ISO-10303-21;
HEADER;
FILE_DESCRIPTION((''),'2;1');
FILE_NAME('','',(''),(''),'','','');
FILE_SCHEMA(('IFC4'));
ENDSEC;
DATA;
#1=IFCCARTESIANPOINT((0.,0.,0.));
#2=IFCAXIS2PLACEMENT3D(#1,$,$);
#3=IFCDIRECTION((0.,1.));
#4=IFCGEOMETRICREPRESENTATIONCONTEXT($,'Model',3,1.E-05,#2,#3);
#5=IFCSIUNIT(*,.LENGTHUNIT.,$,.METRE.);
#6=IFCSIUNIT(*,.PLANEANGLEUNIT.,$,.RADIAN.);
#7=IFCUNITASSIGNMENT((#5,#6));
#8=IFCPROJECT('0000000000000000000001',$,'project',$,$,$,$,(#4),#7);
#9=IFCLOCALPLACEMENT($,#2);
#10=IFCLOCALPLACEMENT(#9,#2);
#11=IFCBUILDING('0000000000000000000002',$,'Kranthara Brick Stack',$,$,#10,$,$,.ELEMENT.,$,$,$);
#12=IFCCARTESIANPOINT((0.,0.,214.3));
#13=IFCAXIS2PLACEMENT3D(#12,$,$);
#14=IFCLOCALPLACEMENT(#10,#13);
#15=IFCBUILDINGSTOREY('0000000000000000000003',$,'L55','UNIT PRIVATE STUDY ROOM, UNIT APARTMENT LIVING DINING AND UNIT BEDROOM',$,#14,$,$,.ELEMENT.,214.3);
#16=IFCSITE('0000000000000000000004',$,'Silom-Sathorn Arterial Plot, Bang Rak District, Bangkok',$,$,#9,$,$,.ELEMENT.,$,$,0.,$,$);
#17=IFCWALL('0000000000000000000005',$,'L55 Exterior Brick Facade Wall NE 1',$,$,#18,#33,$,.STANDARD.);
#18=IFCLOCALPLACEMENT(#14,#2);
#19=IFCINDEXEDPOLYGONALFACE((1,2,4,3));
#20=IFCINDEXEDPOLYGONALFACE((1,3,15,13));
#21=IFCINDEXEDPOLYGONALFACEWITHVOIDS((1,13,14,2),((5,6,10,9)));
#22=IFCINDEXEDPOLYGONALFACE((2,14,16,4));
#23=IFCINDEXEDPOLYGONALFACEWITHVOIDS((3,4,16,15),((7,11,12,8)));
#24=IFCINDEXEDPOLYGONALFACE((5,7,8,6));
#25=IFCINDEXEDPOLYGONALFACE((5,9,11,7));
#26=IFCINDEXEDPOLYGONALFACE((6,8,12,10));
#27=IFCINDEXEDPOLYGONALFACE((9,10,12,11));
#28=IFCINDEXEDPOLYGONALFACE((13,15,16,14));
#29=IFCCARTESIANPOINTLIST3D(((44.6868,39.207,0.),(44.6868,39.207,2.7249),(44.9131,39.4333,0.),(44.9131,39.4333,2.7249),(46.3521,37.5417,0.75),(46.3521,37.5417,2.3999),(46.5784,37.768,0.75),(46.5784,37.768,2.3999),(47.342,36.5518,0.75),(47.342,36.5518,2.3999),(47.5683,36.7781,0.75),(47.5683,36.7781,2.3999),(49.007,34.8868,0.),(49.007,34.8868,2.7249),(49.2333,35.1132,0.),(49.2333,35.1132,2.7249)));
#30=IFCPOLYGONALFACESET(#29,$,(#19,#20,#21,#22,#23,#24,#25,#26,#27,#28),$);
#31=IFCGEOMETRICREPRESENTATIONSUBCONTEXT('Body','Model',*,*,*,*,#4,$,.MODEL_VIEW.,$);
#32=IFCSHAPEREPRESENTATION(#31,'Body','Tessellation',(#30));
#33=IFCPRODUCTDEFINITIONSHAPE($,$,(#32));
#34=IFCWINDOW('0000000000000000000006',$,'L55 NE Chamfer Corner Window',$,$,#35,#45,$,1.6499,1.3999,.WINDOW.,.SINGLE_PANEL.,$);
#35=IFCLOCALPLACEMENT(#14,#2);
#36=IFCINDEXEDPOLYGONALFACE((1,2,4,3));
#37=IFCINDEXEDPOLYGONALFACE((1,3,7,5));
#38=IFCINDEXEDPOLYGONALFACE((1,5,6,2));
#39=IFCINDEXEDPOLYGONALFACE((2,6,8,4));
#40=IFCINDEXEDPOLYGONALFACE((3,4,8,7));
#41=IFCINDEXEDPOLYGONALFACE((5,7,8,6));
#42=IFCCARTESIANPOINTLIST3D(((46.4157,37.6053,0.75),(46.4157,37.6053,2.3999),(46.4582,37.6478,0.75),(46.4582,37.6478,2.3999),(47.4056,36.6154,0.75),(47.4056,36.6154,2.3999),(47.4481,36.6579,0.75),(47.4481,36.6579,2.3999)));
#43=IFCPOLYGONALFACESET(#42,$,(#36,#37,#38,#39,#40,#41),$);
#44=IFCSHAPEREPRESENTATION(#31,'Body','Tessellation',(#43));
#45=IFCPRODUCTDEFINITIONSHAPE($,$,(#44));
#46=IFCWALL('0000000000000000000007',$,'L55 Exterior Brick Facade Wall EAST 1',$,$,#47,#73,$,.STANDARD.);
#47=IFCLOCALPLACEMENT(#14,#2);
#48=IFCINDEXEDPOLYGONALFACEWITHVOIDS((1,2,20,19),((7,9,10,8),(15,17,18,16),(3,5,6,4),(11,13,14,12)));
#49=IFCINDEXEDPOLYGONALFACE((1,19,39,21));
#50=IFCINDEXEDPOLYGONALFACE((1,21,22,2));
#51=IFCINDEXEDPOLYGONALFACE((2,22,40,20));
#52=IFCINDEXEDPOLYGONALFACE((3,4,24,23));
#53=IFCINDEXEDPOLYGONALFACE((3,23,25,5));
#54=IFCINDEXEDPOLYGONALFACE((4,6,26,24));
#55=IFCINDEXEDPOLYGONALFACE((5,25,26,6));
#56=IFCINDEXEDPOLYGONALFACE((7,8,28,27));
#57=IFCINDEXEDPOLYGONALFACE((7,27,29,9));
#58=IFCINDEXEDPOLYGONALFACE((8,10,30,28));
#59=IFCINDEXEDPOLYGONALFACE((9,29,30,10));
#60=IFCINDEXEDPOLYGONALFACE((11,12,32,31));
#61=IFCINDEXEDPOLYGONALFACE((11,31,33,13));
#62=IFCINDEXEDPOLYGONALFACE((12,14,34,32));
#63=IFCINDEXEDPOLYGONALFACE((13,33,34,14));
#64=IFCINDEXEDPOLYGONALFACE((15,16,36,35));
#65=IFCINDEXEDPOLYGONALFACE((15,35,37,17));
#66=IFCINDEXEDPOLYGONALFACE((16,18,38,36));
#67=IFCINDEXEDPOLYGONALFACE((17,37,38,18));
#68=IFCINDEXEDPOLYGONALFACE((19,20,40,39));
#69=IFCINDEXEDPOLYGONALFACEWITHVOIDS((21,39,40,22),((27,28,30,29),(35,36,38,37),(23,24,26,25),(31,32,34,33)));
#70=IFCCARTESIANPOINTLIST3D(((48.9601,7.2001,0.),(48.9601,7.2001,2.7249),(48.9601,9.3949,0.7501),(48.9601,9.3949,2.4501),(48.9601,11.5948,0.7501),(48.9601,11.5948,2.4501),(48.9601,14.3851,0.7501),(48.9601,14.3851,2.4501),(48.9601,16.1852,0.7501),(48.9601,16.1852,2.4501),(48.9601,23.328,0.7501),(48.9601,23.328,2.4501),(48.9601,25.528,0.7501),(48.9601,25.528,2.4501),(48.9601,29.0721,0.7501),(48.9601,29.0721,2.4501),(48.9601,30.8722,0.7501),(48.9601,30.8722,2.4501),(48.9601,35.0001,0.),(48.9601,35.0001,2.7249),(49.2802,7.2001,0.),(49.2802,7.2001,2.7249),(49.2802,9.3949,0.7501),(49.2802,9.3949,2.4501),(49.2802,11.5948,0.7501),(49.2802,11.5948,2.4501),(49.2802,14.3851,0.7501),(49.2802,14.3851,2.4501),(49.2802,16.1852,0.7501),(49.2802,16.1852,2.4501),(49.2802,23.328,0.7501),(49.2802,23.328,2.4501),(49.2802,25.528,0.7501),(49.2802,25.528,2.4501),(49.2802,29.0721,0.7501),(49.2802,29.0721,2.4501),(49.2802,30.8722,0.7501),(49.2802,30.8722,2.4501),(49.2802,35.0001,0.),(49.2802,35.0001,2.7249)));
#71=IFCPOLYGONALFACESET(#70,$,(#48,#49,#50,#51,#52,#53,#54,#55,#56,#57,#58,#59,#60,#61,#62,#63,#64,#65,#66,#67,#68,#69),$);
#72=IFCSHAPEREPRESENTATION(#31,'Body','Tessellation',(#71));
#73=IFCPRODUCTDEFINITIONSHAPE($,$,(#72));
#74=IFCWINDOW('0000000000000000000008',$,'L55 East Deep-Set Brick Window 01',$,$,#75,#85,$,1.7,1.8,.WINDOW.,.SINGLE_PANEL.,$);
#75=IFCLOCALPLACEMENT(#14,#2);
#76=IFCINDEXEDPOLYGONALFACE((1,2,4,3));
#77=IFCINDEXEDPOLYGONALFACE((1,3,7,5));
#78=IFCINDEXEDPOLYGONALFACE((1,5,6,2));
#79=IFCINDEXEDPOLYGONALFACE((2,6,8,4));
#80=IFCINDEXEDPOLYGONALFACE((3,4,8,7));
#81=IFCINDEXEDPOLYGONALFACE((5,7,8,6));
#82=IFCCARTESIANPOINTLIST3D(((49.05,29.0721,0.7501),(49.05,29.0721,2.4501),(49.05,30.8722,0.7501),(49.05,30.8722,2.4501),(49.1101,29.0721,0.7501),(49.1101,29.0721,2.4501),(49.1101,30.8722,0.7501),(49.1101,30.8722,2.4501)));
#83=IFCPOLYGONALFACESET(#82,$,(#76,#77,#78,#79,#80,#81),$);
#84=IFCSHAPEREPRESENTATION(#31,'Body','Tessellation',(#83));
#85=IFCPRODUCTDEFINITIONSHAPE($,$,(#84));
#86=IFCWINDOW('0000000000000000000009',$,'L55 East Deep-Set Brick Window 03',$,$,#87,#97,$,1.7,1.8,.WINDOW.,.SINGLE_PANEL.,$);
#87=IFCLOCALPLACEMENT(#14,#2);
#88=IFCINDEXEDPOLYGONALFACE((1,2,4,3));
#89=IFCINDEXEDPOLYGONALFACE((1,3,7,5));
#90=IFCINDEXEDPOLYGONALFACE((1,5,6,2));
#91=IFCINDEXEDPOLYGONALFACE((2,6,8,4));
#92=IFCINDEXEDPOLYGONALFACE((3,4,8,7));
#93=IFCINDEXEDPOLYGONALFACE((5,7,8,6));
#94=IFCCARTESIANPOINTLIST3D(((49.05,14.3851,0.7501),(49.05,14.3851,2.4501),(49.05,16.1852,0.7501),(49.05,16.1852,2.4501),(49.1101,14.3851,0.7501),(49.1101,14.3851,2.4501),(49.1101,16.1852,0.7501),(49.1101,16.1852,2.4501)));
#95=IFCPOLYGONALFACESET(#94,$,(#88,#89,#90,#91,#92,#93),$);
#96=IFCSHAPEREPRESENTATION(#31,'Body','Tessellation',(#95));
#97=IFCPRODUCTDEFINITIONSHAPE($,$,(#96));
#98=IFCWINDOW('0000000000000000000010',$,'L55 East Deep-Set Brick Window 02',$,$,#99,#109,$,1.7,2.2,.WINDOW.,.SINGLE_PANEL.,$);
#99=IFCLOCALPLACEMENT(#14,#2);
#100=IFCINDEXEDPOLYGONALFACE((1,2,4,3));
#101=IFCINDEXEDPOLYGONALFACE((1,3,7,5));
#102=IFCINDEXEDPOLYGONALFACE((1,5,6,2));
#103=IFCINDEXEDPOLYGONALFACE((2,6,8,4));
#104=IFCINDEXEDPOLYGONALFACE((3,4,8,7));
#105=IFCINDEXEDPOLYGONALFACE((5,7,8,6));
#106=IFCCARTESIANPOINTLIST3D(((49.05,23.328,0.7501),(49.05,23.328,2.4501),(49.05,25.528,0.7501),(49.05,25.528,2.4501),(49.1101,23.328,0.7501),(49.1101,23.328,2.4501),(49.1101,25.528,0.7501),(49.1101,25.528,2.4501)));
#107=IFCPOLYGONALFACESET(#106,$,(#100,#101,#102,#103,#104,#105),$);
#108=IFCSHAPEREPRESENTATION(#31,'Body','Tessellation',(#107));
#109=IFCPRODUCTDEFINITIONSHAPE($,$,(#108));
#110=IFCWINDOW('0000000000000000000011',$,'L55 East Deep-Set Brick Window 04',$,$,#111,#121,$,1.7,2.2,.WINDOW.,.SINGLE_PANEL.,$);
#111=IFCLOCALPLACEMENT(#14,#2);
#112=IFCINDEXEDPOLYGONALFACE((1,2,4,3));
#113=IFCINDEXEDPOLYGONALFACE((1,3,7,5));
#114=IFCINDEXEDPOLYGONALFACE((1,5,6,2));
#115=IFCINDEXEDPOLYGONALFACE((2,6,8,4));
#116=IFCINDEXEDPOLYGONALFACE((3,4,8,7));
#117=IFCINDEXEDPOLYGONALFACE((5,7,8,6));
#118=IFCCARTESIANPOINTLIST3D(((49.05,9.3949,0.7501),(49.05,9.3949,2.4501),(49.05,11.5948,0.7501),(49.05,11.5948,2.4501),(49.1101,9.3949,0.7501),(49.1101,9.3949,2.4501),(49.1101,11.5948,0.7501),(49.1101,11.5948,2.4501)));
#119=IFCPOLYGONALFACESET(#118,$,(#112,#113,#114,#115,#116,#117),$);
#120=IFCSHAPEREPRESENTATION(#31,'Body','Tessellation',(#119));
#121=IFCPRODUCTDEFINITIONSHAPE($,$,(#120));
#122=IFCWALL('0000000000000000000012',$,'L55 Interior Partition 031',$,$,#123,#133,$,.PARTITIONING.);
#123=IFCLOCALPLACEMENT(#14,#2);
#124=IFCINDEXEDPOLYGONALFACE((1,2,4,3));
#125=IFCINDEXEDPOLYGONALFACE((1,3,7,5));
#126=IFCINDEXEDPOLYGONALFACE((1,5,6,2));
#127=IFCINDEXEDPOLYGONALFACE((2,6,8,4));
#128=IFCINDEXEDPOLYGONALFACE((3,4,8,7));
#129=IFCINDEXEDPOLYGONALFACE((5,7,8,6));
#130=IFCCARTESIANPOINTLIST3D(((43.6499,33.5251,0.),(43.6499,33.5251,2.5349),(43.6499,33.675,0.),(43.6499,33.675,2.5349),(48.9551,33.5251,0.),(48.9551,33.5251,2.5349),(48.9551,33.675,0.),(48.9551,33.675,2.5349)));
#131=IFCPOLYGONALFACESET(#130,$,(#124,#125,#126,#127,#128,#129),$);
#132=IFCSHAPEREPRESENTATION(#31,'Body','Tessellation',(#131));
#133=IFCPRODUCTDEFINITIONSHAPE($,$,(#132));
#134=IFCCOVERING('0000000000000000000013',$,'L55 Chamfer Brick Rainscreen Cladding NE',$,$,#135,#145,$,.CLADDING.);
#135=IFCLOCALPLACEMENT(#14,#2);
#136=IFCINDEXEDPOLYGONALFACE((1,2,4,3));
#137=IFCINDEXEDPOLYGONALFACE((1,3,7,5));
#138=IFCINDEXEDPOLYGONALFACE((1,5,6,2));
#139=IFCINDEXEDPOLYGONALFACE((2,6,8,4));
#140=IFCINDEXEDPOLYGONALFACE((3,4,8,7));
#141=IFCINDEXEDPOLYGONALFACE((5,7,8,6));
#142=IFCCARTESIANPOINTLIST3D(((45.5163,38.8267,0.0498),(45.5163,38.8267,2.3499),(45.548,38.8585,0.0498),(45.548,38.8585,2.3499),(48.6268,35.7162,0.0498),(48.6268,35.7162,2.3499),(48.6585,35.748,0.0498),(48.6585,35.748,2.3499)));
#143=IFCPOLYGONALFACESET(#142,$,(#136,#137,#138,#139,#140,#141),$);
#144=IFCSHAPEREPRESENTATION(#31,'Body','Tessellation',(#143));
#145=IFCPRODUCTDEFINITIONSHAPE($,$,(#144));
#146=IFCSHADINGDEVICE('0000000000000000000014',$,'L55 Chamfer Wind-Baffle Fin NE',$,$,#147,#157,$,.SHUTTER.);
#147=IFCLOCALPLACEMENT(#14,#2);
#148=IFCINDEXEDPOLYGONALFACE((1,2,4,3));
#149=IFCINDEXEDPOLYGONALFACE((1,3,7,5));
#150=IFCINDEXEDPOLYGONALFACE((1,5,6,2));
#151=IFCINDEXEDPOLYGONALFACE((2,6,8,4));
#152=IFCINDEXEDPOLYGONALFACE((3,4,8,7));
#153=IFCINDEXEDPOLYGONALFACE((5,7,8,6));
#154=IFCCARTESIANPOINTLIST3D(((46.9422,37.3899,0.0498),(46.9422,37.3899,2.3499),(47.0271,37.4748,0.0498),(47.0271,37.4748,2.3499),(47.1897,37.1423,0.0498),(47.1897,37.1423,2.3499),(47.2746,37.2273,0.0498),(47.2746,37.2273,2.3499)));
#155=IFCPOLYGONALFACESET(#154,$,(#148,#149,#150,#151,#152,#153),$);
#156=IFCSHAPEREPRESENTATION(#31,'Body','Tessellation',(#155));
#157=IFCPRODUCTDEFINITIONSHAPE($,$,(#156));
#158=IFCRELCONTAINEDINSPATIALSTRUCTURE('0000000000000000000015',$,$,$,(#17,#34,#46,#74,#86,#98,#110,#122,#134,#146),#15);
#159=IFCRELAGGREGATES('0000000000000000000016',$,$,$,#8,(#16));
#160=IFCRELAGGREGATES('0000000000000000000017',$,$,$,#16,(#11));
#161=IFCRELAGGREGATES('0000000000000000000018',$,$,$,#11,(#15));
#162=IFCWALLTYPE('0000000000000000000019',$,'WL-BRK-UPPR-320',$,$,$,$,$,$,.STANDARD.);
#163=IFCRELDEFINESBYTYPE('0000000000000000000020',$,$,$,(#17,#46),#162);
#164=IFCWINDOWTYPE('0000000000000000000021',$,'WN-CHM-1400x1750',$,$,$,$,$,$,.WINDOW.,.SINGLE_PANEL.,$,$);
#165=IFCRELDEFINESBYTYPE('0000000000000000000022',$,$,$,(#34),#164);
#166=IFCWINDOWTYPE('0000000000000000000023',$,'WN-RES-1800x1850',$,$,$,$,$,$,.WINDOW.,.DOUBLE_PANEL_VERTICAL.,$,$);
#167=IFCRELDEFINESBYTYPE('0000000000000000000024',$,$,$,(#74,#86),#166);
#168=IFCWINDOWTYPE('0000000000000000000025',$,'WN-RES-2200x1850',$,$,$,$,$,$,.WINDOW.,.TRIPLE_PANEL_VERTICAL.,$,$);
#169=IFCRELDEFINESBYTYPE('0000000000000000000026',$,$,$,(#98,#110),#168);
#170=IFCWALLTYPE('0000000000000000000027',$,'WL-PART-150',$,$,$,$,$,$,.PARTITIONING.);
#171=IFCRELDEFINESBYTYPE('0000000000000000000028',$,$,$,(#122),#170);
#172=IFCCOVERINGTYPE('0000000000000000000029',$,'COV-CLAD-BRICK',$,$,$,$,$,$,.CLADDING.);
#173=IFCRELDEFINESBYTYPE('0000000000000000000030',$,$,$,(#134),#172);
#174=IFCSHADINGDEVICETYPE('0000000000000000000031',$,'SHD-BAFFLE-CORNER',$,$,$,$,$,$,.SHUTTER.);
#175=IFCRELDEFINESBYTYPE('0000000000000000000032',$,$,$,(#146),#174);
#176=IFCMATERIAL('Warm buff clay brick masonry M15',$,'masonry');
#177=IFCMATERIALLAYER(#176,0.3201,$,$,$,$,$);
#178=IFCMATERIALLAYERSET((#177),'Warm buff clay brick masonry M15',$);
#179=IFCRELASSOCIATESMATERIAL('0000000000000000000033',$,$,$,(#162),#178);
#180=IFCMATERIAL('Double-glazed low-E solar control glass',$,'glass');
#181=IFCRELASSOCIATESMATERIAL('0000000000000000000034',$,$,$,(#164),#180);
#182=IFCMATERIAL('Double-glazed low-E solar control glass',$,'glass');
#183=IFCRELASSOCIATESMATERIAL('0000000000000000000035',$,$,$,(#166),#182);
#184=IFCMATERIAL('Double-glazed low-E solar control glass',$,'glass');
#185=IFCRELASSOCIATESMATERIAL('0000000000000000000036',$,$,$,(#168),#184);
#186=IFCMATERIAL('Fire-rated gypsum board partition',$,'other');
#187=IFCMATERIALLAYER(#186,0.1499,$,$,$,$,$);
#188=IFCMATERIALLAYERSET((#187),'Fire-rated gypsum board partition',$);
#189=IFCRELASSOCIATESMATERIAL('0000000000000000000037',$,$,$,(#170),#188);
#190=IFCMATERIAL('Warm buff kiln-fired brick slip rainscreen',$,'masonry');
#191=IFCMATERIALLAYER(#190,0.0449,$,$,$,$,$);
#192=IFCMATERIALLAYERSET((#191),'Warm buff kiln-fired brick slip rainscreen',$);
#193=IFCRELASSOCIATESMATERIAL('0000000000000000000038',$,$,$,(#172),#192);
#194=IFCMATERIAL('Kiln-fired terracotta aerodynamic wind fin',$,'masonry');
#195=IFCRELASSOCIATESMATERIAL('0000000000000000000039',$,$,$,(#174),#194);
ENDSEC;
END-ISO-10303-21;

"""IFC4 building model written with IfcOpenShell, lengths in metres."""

from ifc_helpers import new_model, si_unit, direction, frame, frame_2d, origin, origin_2d, place, context, subcontext, project, spatial, rectangle, extrude, material, layer, layer_set, type_object, element, fill, save


model = new_model("IFC4")

# Units and contexts
model_context = context("Model", 3, precision=1e-05, world=origin(), true_north=direction((0.0, 1.0)))
body_context = subcontext(model_context, "Body", "Model", "MODEL_VIEW")
ifc_project = project(units=[si_unit("LENGTHUNIT", "METRE"), si_unit("PLANEANGLEUNIT", "RADIAN")], contexts=[model_context])

# Site, building, storey
site_placement = place(None, origin())
site = spatial("IfcSite", under=ifc_project, at=site_placement, Name="Silom-Sathorn Arterial Plot, Bang Rak District, Bangkok", CompositionType="ELEMENT", RefElevation=0.0)
building_placement = place(site_placement, origin())
building = spatial("IfcBuilding", under=site, at=building_placement, Name="Kranthara Brick Stack", CompositionType="ELEMENT")
storey_placement = place(building_placement, frame((0.0, 0.0, 214.3)))
storey = spatial("IfcBuildingStorey", under=building, at=storey_placement, Name="L55", Description="UNIT PRIVATE STUDY ROOM, UNIT APARTMENT LIVING DINING AND UNIT BEDROOM", CompositionType="ELEMENT", Elevation=214.3)

# Wall, opening, window
ifc_material_1 = material(Name="Warm buff clay brick masonry M15", Category="masonry")
ifc_layer_1 = layer(ifc_material_1, 0.3201)
ifc_layer_set_1 = layer_set([ifc_layer_1], Name="Warm buff clay brick masonry M15")
wall_type_1 = type_object("IfcWallType", Name="WL-BRK-UPPR-320", PredefinedType="STANDARD", material=ifc_layer_set_1)
wall_1_placement = place(storey_placement, frame((44.8, 39.3201, 0.0), z_axis=(0.0, 0.0, 1.0), x_axis=(0.707107, -0.707107, 0.0)))
wall_1 = element("IfcWall", 1, at=wall_1_placement, inside=storey, type_object=wall_type_1, Name="L55 Exterior Brick Facade Wall NE 1", PredefinedType="STANDARD", context=body_context, shape_type="SweptSolid", body=[
    extrude(rectangle(XDim=6.1096, YDim=0.3201, at=frame_2d((3.0547, 0.0))), origin(), (0.0, 0.0, 1.0), 2.7249),
])
opening_1_placement = place(wall_1_placement, frame((2.355, 0.0, 0.75)))
opening_1 = element("IfcOpeningElement", 2, at=opening_1_placement, cuts=wall_1, PredefinedType="OPENING", context=body_context, shape_type="SweptSolid", body=[
    extrude(rectangle(XDim=1.3999, YDim=1.6499, at=frame_2d((0.7, 0.825))), frame((0.0, 0.1699, 0.0), z_axis=(0.0, -1.0, 0.0), x_axis=(1.0, 0.0, 0.0)), (0.0, 0.0, 1.0), 0.3401),
])
ifc_material_2 = material(Name="Double-glazed low-E solar control glass", Category="glass")
window_type_1 = type_object("IfcWindowType", Name="WN-CHM-1400x1750", PartitioningType="SINGLE_PANEL", PredefinedType="WINDOW", material=ifc_material_2)
window_1_placement = place(opening_1_placement, origin())
window_1 = element("IfcWindow", 3, at=window_1_placement, inside=storey, type_object=window_type_1, Name="L55 NE Chamfer Corner Window", OverallHeight=1.6499, OverallWidth=1.3999, PartitioningType="SINGLE_PANEL", PredefinedType="WINDOW", context=body_context, shape_type="SweptSolid", body=[
    extrude(rectangle(XDim=1.3999, YDim=1.6499, at=frame_2d((0.7, 0.825))), frame((0.0, -0.01, 0.0), z_axis=(0.0, -1.0, 0.0), x_axis=(1.0, 0.0, 0.0)), (0.0, 0.0, 1.0), 0.0601),
])
fill(opening_1, window_1)

# Wall, openings, windows
wall_2_placement = place(storey_placement, frame((49.1201, 35.0, 0.0), z_axis=(0.0, 0.0, 1.0), x_axis=(0.0, -1.0, 0.0)))
wall_2 = element("IfcWall", 4, at=wall_2_placement, inside=storey, type_object=wall_type_1, Name="L55 Exterior Brick Facade Wall EAST 1", PredefinedType="STANDARD", context=body_context, shape_type="SweptSolid", body=[
    extrude(rectangle(XDim=27.8, YDim=0.3201, at=frame_2d((13.8999, 0.0))), origin(), (0.0, 0.0, 1.0), 2.7249),
])
opening_2_placement = place(wall_2_placement, frame((4.1279, 0.0, 0.75)))
opening_2 = element("IfcOpeningElement", 5, at=opening_2_placement, cuts=wall_2, PredefinedType="OPENING", context=body_context, shape_type="SweptSolid", body=[
    extrude(rectangle(XDim=1.8, YDim=1.7, at=frame_2d((0.8999, 0.8501))), frame((0.0, 0.1699, 0.0), z_axis=(0.0, -1.0, 0.0), x_axis=(1.0, 0.0, 0.0)), (0.0, 0.0, 1.0), 0.3401),
])
opening_3_placement = place(wall_2_placement, frame((9.4719, 0.0, 0.75)))
opening_3 = element("IfcOpeningElement", 6, at=opening_3_placement, cuts=wall_2, PredefinedType="OPENING", context=body_context, shape_type="SweptSolid", body=[
    extrude(rectangle(XDim=2.2, YDim=1.7, at=frame_2d((1.1001, 0.8501))), frame((0.0, 0.1699, 0.0), z_axis=(0.0, -1.0, 0.0), x_axis=(1.0, 0.0, 0.0)), (0.0, 0.0, 1.0), 0.3401),
])
opening_4_placement = place(wall_2_placement, frame((18.8149, 0.0, 0.75)))
opening_4 = element("IfcOpeningElement", 7, at=opening_4_placement, cuts=wall_2, PredefinedType="OPENING", context=body_context, shape_type="SweptSolid", body=[
    extrude(rectangle(XDim=1.8, YDim=1.7, at=frame_2d((0.8999, 0.8501))), frame((0.0, 0.1699, 0.0), z_axis=(0.0, -1.0, 0.0), x_axis=(1.0, 0.0, 0.0)), (0.0, 0.0, 1.0), 0.3401),
])
opening_5_placement = place(wall_2_placement, frame((23.405, 0.0, 0.75)))
opening_5 = element("IfcOpeningElement", 8, at=opening_5_placement, cuts=wall_2, PredefinedType="OPENING", context=body_context, shape_type="SweptSolid", body=[
    extrude(rectangle(XDim=2.2, YDim=1.7, at=frame_2d((1.1001, 0.8501))), frame((0.0, 0.1699, 0.0), z_axis=(0.0, -1.0, 0.0), x_axis=(1.0, 0.0, 0.0)), (0.0, 0.0, 1.0), 0.3401),
])
ifc_material_3 = material(Name="Double-glazed low-E solar control glass", Category="glass")
window_type_2 = type_object("IfcWindowType", Name="WN-RES-1800x1850", PartitioningType="DOUBLE_PANEL_VERTICAL", PredefinedType="WINDOW", material=ifc_material_3)
window_2_placement = place(opening_2_placement, origin())
window_2 = element("IfcWindow", 9, at=window_2_placement, inside=storey, type_object=window_type_2, Name="L55 East Deep-Set Brick Window 01", OverallHeight=1.7, OverallWidth=1.8, PartitioningType="SINGLE_PANEL", PredefinedType="WINDOW", context=body_context, shape_type="SweptSolid", body=[
    extrude(rectangle(XDim=1.8, YDim=1.7, at=frame_2d((0.8999, 0.8501))), frame((0.0, -0.01, 0.0), z_axis=(0.0, -1.0, 0.0), x_axis=(1.0, 0.0, 0.0)), (0.0, 0.0, 1.0), 0.0601),
])
fill(opening_2, window_2)
window_3_placement = place(opening_4_placement, origin())
window_3 = element("IfcWindow", 10, at=window_3_placement, inside=storey, type_object=window_type_2, Name="L55 East Deep-Set Brick Window 03", OverallHeight=1.7, OverallWidth=1.8, PartitioningType="SINGLE_PANEL", PredefinedType="WINDOW", context=body_context, shape_type="SweptSolid", body=[
    extrude(rectangle(XDim=1.8, YDim=1.7, at=frame_2d((0.8999, 0.8501))), frame((0.0, -0.01, 0.0), z_axis=(0.0, -1.0, 0.0), x_axis=(1.0, 0.0, 0.0)), (0.0, 0.0, 1.0), 0.0601),
])
fill(opening_4, window_3)
ifc_material_4 = material(Name="Double-glazed low-E solar control glass", Category="glass")
window_type_3 = type_object("IfcWindowType", Name="WN-RES-2200x1850", PartitioningType="TRIPLE_PANEL_VERTICAL", PredefinedType="WINDOW", material=ifc_material_4)
window_4_placement = place(opening_3_placement, origin())
window_4 = element("IfcWindow", 11, at=window_4_placement, inside=storey, type_object=window_type_3, Name="L55 East Deep-Set Brick Window 02", OverallHeight=1.7, OverallWidth=2.2, PartitioningType="SINGLE_PANEL", PredefinedType="WINDOW", context=body_context, shape_type="SweptSolid", body=[
    extrude(rectangle(XDim=2.2, YDim=1.7, at=frame_2d((1.1001, 0.8501))), frame((0.0, -0.01, 0.0), z_axis=(0.0, -1.0, 0.0), x_axis=(1.0, 0.0, 0.0)), (0.0, 0.0, 1.0), 0.0601),
])
fill(opening_3, window_4)
window_5_placement = place(opening_5_placement, origin())
window_5 = element("IfcWindow", 12, at=window_5_placement, inside=storey, type_object=window_type_3, Name="L55 East Deep-Set Brick Window 04", OverallHeight=1.7, OverallWidth=2.2, PartitioningType="SINGLE_PANEL", PredefinedType="WINDOW", context=body_context, shape_type="SweptSolid", body=[
    extrude(rectangle(XDim=2.2, YDim=1.7, at=frame_2d((1.1001, 0.8501))), frame((0.0, -0.01, 0.0), z_axis=(0.0, -1.0, 0.0), x_axis=(1.0, 0.0, 0.0)), (0.0, 0.0, 1.0), 0.0601),
])
fill(opening_5, window_5)

# Wall
ifc_material_5 = material(Name="Fire-rated gypsum board partition", Category="other")
ifc_layer_2 = layer(ifc_material_5, 0.1499)
ifc_layer_set_2 = layer_set([ifc_layer_2], Name="Fire-rated gypsum board partition")
wall_type_2 = type_object("IfcWallType", Name="WL-PART-150", PredefinedType="PARTITIONING", material=ifc_layer_set_2)
wall_3_placement = place(storey_placement, frame((43.6499, 33.6001, 0.0), z_axis=(0.0, 0.0, 1.0), x_axis=(1.0, 0.0, 0.0)))
element("IfcWall", 13, at=wall_3_placement, inside=storey, type_object=wall_type_2, Name="L55 Interior Partition 031", PredefinedType="PARTITIONING", context=body_context, shape_type="SweptSolid", body=[
    extrude(rectangle(XDim=5.3052, YDim=0.1499, at=frame_2d((2.6526, 0.0))), origin(), (0.0, 0.0, 1.0), 2.5349),
])

# Covering
ifc_material_6 = material(Name="Warm buff kiln-fired brick slip rainscreen", Category="masonry")
ifc_layer_3 = layer(ifc_material_6, 0.0449)
ifc_layer_set_3 = layer_set([ifc_layer_3], Name="Warm buff kiln-fired brick slip rainscreen")
covering_type = type_object("IfcCoveringType", Name="COV-CLAD-BRICK", PredefinedType="CLADDING", material=ifc_layer_set_3)
covering_placement = place(storey_placement, frame((47.0874, 37.2874, 0.0498), z_axis=(0.0, 0.0, 1.0), x_axis=(0.707107, -0.707107, 0.0)))
element("IfcCovering", 14, at=covering_placement, inside=storey, type_object=covering_type, Name="L55 Chamfer Brick Rainscreen Cladding NE", PredefinedType="CLADDING", context=body_context, shape_type="SweptSolid", body=[
    extrude(rectangle(XDim=4.3989, YDim=0.0449, at=origin_2d()), origin(), (0.0, 0.0, 1.0), 2.3),
])

# Shading device
ifc_material_7 = material(Name="Kiln-fired terracotta aerodynamic wind fin", Category="masonry")
shading_device_type = type_object("IfcShadingDeviceType", Name="SHD-BAFFLE-CORNER", PredefinedType="SHUTTER", material=ifc_material_7)
shading_device_placement = place(storey_placement, frame((47.1084, 37.3086, 0.0498), z_axis=(0.0, 0.0, 1.0), x_axis=(0.707107, -0.707107, 0.0)))
element("IfcShadingDevice", 15, at=shading_device_placement, inside=storey, type_object=shading_device_type, Name="L55 Chamfer Wind-Baffle Fin NE", PredefinedType="SHUTTER", context=body_context, shape_type="SweptSolid", body=[
    extrude(rectangle(XDim=0.3501, YDim=0.1201, at=origin_2d()), origin(), (0.0, 0.0, 1.0), 2.3),
])

save(model, "model.ifc")
